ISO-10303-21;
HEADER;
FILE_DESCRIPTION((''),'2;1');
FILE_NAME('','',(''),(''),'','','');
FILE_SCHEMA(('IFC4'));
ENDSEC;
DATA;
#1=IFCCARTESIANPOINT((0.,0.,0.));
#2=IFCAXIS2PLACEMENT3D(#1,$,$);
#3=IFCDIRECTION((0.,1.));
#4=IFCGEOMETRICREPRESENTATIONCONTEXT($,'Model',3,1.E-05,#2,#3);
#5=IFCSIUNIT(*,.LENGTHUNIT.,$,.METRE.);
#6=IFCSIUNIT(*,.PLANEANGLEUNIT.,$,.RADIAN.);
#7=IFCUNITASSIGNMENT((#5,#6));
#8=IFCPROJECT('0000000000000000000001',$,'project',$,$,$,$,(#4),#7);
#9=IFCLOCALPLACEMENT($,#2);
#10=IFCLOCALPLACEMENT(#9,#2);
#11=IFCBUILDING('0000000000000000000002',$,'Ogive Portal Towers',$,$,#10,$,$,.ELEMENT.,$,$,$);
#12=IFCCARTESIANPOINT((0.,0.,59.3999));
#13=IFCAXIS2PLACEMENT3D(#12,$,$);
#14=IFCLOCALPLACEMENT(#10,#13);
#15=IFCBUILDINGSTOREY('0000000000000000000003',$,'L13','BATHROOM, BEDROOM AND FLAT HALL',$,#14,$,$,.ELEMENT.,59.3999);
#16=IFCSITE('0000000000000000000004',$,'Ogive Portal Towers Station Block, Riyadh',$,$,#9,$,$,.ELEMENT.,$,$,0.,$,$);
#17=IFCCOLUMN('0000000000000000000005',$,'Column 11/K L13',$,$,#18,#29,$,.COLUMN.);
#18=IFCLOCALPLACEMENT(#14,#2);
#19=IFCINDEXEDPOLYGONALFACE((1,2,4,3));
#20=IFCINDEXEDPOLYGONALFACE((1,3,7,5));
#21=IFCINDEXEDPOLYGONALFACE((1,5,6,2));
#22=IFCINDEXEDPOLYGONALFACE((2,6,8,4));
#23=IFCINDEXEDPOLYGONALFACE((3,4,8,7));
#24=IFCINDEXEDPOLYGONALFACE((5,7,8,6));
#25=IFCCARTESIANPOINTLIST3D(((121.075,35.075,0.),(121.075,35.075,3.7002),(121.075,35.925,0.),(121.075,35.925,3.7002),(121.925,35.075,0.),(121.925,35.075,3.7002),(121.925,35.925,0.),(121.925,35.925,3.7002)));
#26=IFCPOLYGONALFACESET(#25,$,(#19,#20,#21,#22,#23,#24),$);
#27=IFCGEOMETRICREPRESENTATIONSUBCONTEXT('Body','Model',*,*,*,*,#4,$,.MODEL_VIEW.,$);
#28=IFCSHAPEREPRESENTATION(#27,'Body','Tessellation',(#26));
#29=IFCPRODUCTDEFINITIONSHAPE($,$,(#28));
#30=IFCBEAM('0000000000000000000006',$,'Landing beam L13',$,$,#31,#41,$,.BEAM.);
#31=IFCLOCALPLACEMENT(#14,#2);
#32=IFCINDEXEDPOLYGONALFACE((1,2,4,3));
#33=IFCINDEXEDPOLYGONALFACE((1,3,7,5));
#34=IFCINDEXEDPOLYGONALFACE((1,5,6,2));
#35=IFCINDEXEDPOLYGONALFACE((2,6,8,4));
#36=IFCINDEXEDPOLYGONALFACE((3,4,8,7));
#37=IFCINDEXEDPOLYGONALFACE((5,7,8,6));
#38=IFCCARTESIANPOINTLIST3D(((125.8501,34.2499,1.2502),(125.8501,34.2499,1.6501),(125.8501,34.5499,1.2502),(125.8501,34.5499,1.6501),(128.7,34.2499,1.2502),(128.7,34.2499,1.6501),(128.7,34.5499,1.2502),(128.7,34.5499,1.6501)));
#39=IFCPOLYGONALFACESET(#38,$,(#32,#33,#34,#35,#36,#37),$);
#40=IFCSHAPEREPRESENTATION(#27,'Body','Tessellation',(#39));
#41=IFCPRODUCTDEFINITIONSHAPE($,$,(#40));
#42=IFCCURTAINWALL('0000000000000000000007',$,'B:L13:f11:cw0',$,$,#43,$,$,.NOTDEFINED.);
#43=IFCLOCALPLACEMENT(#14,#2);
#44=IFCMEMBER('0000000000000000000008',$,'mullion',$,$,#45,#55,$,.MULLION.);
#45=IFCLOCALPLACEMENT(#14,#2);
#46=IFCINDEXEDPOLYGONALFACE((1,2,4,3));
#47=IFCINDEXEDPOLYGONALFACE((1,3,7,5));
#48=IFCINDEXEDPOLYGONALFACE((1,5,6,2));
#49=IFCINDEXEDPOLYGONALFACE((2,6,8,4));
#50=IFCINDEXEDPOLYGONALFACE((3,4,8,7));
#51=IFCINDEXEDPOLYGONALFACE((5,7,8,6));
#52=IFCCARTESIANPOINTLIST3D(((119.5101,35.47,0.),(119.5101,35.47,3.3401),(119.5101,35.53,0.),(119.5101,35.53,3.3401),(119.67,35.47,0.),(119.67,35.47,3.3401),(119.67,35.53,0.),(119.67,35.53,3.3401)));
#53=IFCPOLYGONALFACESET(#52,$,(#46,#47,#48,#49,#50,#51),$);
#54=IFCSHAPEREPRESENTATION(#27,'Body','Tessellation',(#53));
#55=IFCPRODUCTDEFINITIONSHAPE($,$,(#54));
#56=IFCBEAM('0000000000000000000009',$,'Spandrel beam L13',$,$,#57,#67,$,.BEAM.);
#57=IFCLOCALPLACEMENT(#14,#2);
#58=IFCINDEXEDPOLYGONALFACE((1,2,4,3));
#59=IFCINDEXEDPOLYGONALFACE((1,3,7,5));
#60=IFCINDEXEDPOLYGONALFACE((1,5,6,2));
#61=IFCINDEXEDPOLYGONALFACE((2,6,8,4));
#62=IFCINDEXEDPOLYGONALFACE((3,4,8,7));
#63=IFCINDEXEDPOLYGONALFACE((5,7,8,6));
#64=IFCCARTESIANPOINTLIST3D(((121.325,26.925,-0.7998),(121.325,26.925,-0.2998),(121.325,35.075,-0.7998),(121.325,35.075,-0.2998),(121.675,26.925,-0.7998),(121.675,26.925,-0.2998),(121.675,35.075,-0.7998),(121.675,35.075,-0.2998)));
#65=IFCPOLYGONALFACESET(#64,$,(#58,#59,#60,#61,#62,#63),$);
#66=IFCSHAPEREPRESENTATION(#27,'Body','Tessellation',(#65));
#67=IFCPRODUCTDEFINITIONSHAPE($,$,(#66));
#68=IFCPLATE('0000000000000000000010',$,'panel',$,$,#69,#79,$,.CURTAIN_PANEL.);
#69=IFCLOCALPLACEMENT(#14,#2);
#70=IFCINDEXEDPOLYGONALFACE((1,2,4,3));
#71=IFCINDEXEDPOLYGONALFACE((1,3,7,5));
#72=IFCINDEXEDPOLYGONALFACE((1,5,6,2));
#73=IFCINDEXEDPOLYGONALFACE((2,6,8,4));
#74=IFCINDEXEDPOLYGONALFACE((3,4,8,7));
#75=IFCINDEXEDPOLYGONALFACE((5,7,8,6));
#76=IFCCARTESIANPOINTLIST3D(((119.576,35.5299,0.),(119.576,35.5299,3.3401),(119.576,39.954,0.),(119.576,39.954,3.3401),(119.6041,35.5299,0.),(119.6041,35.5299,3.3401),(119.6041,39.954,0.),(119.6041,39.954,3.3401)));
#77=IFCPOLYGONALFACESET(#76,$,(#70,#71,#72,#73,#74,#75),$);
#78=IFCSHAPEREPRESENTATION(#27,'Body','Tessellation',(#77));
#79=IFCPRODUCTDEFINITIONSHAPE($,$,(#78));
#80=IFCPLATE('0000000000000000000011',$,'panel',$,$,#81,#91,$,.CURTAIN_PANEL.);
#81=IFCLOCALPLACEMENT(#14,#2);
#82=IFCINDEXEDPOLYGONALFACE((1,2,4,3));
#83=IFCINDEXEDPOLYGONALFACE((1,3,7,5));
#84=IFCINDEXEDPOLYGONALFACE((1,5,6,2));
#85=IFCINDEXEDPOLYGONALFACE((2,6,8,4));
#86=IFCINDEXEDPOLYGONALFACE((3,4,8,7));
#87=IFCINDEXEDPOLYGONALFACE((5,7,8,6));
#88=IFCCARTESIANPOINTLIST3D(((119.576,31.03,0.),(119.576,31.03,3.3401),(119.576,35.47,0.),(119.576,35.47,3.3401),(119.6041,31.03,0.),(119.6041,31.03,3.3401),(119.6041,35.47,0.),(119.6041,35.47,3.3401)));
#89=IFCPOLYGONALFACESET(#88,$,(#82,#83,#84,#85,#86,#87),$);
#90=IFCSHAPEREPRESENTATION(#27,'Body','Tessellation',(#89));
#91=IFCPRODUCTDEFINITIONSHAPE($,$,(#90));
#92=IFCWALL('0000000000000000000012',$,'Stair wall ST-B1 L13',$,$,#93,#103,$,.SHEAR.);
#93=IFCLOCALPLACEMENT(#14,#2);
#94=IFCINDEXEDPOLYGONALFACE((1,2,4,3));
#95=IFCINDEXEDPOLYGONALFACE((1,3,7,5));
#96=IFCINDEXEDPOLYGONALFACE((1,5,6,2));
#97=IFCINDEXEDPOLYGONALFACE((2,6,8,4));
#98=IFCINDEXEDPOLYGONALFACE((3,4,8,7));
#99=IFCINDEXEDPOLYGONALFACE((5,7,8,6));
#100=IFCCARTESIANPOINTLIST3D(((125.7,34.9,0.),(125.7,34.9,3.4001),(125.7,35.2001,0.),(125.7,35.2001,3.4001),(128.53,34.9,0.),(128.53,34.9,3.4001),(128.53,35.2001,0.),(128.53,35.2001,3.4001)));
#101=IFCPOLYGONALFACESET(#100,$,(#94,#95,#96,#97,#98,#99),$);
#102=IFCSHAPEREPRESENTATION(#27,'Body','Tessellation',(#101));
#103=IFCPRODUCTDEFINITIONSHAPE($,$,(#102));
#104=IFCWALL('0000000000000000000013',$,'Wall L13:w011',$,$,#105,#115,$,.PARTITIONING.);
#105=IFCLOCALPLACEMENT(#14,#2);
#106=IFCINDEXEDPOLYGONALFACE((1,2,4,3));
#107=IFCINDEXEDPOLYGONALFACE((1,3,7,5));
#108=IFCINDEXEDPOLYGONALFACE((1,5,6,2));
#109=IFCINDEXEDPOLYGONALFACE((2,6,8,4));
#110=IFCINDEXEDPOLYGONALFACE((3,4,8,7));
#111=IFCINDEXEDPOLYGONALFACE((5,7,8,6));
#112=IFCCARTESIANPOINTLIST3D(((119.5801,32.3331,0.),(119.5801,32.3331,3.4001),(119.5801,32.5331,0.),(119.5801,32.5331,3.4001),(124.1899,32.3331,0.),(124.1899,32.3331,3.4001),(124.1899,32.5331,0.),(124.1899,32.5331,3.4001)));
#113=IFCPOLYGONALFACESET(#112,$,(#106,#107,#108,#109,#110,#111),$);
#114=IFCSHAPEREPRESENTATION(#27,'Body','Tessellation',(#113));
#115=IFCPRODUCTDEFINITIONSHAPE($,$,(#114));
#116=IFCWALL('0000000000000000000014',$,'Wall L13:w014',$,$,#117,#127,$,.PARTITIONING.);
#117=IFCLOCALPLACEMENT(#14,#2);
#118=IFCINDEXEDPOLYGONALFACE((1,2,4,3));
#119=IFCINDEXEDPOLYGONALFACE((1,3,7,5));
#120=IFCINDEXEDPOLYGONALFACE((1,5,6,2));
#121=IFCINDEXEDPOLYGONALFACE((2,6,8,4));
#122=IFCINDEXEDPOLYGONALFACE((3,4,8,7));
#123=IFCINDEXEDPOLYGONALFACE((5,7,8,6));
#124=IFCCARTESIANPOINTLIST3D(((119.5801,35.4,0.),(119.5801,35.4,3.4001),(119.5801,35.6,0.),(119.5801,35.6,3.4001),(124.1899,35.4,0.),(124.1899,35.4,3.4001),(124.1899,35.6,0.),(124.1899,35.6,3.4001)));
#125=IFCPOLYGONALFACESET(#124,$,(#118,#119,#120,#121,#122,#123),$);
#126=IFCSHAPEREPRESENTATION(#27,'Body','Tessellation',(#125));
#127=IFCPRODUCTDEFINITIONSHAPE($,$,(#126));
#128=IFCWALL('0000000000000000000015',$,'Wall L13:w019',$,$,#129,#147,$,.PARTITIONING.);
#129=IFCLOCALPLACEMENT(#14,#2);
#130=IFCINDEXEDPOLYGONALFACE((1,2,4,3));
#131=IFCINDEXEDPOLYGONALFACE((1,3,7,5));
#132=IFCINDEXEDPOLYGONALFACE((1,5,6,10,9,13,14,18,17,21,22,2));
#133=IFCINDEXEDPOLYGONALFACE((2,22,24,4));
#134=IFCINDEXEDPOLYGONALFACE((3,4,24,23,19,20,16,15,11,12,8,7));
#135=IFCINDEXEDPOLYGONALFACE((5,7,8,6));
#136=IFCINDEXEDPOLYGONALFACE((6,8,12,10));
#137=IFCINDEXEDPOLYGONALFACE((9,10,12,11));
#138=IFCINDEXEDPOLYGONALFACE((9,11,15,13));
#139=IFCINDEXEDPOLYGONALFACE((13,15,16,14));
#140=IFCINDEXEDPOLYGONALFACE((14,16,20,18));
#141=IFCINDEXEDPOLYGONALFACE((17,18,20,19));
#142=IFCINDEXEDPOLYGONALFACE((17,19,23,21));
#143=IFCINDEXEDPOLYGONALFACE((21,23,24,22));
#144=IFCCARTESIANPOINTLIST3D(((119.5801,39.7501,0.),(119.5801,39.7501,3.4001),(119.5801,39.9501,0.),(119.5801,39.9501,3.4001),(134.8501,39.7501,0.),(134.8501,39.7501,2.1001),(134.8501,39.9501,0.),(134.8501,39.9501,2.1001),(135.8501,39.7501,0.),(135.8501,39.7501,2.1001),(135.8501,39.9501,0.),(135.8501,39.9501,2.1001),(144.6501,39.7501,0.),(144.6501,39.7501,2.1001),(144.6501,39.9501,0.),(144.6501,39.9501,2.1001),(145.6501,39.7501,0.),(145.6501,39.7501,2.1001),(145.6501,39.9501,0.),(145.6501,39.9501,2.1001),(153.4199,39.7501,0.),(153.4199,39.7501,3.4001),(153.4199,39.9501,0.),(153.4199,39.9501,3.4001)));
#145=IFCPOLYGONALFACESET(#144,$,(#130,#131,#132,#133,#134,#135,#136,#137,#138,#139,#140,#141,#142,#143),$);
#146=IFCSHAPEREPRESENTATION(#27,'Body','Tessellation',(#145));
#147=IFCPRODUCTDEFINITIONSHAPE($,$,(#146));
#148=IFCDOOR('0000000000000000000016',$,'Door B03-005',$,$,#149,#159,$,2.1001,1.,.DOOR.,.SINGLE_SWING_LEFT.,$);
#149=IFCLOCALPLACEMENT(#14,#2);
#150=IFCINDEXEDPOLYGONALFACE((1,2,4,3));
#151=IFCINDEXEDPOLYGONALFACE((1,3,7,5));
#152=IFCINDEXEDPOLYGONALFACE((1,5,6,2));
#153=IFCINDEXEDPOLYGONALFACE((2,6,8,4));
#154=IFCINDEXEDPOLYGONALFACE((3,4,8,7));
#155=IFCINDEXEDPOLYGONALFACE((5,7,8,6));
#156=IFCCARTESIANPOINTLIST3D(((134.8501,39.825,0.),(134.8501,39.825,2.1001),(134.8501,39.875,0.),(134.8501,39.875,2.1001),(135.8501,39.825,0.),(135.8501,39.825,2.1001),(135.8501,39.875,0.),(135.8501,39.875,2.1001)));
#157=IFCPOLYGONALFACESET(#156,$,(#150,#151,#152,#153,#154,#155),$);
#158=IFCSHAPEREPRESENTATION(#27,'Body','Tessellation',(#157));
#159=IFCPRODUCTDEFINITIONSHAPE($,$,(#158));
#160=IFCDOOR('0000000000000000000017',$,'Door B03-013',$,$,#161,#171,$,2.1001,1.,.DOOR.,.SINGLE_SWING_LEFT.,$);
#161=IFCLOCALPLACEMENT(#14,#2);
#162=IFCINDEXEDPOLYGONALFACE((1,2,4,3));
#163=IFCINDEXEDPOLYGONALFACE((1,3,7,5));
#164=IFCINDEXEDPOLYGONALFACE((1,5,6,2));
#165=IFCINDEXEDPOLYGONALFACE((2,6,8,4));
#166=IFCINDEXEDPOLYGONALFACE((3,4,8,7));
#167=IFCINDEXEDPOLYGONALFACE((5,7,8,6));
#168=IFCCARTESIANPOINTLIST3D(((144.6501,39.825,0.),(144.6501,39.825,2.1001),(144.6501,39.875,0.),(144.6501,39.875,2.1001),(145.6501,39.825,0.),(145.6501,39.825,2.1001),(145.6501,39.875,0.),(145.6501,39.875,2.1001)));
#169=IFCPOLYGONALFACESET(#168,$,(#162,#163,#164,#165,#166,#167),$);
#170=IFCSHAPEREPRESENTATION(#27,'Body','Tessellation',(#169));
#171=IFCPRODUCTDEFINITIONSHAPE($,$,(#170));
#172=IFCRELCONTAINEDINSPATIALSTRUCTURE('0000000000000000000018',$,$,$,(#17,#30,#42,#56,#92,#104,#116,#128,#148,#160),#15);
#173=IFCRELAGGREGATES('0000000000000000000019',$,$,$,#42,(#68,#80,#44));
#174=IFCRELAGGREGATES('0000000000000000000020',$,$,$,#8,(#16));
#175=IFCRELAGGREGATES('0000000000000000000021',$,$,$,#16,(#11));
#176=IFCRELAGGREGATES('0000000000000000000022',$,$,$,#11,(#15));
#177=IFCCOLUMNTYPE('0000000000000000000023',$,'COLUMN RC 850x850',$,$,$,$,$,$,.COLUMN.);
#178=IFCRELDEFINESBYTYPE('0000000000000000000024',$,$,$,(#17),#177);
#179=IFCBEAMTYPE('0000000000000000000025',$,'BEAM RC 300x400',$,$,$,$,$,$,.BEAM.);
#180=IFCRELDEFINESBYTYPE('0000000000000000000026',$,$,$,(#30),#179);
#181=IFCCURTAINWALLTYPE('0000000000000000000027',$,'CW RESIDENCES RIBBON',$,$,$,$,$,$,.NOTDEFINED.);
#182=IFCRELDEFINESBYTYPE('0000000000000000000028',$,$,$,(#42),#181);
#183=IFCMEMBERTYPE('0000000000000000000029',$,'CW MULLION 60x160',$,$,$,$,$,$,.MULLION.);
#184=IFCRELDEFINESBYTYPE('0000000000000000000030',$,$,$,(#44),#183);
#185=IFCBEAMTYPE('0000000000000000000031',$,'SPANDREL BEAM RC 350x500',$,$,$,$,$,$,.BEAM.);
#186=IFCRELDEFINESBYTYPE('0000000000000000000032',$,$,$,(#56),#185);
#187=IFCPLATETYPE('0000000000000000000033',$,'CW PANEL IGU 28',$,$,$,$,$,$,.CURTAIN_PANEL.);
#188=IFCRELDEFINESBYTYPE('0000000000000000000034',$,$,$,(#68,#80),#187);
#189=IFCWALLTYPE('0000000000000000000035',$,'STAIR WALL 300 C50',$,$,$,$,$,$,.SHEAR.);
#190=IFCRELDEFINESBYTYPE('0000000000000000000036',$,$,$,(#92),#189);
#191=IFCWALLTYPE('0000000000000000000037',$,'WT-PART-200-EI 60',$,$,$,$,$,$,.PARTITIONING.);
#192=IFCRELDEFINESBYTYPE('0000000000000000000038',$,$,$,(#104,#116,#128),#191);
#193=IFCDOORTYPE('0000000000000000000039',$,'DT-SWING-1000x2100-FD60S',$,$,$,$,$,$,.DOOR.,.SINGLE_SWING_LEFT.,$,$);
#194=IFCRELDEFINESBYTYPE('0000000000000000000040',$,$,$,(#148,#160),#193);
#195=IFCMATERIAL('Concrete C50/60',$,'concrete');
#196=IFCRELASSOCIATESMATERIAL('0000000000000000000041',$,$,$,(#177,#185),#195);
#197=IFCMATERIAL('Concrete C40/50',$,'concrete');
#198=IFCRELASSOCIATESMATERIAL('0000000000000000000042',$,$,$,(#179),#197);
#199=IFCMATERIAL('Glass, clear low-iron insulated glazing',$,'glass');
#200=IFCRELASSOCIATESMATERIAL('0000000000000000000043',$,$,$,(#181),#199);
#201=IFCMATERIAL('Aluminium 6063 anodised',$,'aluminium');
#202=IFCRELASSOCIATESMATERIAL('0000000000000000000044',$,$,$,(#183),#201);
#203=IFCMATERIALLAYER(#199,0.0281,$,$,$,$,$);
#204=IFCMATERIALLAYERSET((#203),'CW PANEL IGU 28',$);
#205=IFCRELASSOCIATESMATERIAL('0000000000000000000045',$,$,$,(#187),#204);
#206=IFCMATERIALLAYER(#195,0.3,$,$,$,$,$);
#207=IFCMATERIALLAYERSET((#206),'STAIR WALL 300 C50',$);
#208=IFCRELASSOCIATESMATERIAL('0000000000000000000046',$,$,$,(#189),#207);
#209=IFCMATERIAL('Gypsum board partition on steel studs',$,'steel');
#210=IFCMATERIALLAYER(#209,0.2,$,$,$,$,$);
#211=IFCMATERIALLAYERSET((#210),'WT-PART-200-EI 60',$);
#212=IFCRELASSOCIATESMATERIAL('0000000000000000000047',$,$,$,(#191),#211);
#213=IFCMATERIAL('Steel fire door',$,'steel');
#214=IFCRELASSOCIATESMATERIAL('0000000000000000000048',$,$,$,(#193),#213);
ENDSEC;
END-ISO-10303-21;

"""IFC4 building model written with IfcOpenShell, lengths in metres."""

from ifc_helpers import new_model, si_unit, direction, frame, frame_2d, origin, origin_2d, place, context, subcontext, project, spatial, rectangle, extrude, material, layer, layer_set, material_profile, profile_set, type_object, element, fill, aggregate, save


model = new_model("IFC4")

# Units and contexts
model_context = context("Model", 3, precision=1e-05, world=origin(), true_north=direction((0.0, 1.0)))
body_context = subcontext(model_context, "Body", "Model", "MODEL_VIEW")
ifc_project = project(units=[si_unit("LENGTHUNIT", "METRE"), si_unit("PLANEANGLEUNIT", "RADIAN")], contexts=[model_context])

# Site, building, storey
site_placement = place(None, origin())
site = spatial("IfcSite", under=ifc_project, at=site_placement, Name="Ogive Portal Towers Station Block, Riyadh", CompositionType="ELEMENT", RefElevation=0.0)
building_placement = place(site_placement, origin())
building = spatial("IfcBuilding", under=site, at=building_placement, Name="Ogive Portal Towers", CompositionType="ELEMENT")
storey_placement = place(building_placement, frame((0.0, 0.0, 59.3999)))
storey = spatial("IfcBuildingStorey", under=building, at=storey_placement, Name="L13", Description="BATHROOM, BEDROOM AND FLAT HALL", CompositionType="ELEMENT", Elevation=59.3999)

# Column
ifc_material_1 = material(Name="Concrete C50/60", Category="concrete")
ifc_material_profile_1 = material_profile(ifc_material_1, rectangle(XDim=0.8501, YDim=0.8501, at=origin_2d()), Name="RC 850x850")
ifc_profile_set_1 = profile_set([ifc_material_profile_1], Name="Concrete C50/60")
column_type = type_object("IfcColumnType", Name="COLUMN RC 850x850", PredefinedType="COLUMN", material=ifc_profile_set_1)
column_placement = place(storey_placement, frame((121.5, 35.5, 0.0), z_axis=(0.0, 0.0, 1.0), x_axis=(1.0, 0.0, 0.0)))
element("IfcColumn", 1, at=column_placement, inside=storey, type_object=column_type, Name="Column 11/K L13", PredefinedType="COLUMN", context=body_context, shape_type="SweptSolid", body=[
    extrude(rectangle(XDim=0.8501, YDim=0.8501, at=origin_2d()), origin(), (0.0, 0.0, 1.0), 3.7002),
])

# Beam
ifc_material_2 = material(Name="Concrete C40/50", Category="concrete")
ifc_material_profile_2 = material_profile(ifc_material_2, rectangle(XDim=0.3, YDim=0.3999, at=origin_2d()), Name="RC 300x400")
ifc_profile_set_2 = profile_set([ifc_material_profile_2], Name="Concrete C40/50")
beam_type_1 = type_object("IfcBeamType", Name="BEAM RC 300x400", PredefinedType="BEAM", material=ifc_profile_set_2)
beam_1_placement = place(storey_placement, frame((125.8501, 34.3999, 1.4502), z_axis=(1.0, 0.0, 0.0), x_axis=(0.0, 1.0, 0.0)))
element("IfcBeam", 2, at=beam_1_placement, inside=storey, type_object=beam_type_1, Name="Landing beam L13", PredefinedType="BEAM", context=body_context, shape_type="SweptSolid", body=[
    extrude(rectangle(XDim=0.3, YDim=0.3999, at=origin_2d()), origin(), (0.0, 0.0, 1.0), 2.8499),
])

# Curtain wall, member
ifc_material_3 = material(Name="Glass, clear low-iron insulated glazing", Category="glass")
curtain_wall_type = type_object("IfcCurtainWallType", Name="CW RESIDENCES RIBBON", PredefinedType="NOTDEFINED", material=ifc_material_3)
curtain_wall_placement = place(storey_placement, origin())
curtain_wall = element("IfcCurtainWall", 3, at=curtain_wall_placement, inside=storey, type_object=curtain_wall_type, Name="B:L13:f11:cw0", PredefinedType="NOTDEFINED")
ifc_material_4 = material(Name="Aluminium 6063 anodised", Category="aluminium")
ifc_material_profile_3 = material_profile(ifc_material_4, rectangle(XDim=0.1599, YDim=0.0601, at=origin_2d()), Name="AL 60x160")
ifc_profile_set_3 = profile_set([ifc_material_profile_3], Name="Aluminium 6063 anodised")
member_type = type_object("IfcMemberType", Name="CW MULLION 60x160", PredefinedType="MULLION", material=ifc_profile_set_3)
member_placement = place(storey_placement, frame((119.5901, 35.5, 0.0), z_axis=(0.0, 0.0, 1.0), x_axis=(1.0, 0.0, 0.0)))
member = element("IfcMember", 4, at=member_placement, type_object=member_type, Name="mullion", PredefinedType="MULLION", context=body_context, shape_type="SweptSolid", body=[
    extrude(rectangle(XDim=0.1599, YDim=0.0601, at=origin_2d()), origin(), (0.0, 0.0, 1.0), 3.3401),
])

# Beam
ifc_material_profile_4 = material_profile(ifc_material_1, rectangle(XDim=0.3501, YDim=0.5, at=origin_2d()), Name="RC 350x500")
ifc_profile_set_4 = profile_set([ifc_material_profile_4], Name="Concrete C50/60")
beam_type_2 = type_object("IfcBeamType", Name="SPANDREL BEAM RC 350x500", PredefinedType="BEAM", material=ifc_profile_set_4)
beam_2_placement = place(storey_placement, frame((121.5, 35.075, -0.5498), z_axis=(0.0, -1.0, 0.0), x_axis=(1.0, 0.0, 0.0)))
element("IfcBeam", 5, at=beam_2_placement, inside=storey, type_object=beam_type_2, Name="Spandrel beam L13", PredefinedType="BEAM", context=body_context, shape_type="SweptSolid", body=[
    extrude(rectangle(XDim=0.3501, YDim=0.5, at=origin_2d()), origin(), (0.0, 0.0, 1.0), 8.1499),
])

# Plates
ifc_layer_1 = layer(ifc_material_3, 0.0281)
ifc_layer_set_1 = layer_set([ifc_layer_1], Name="CW PANEL IGU 28")
plate_type = type_object("IfcPlateType", Name="CW PANEL IGU 28", PredefinedType="CURTAIN_PANEL", material=ifc_layer_set_1)
plate_1_placement = place(storey_placement, frame((119.5901, 37.7419, 0.0), z_axis=(0.0, 0.0, 1.0), x_axis=(0.0, -1.0, 0.0)))
plate_1 = element("IfcPlate", 6, at=plate_1_placement, type_object=plate_type, Name="panel", PredefinedType="CURTAIN_PANEL", context=body_context, shape_type="SweptSolid", body=[
    extrude(rectangle(XDim=4.4241, YDim=0.0281, at=origin_2d()), origin(), (0.0, 0.0, 1.0), 3.3401),
])
plate_2_placement = place(storey_placement, frame((119.5901, 33.25, 0.0), z_axis=(0.0, 0.0, 1.0), x_axis=(0.0, -1.0, 0.0)))
plate_2 = element("IfcPlate", 7, at=plate_2_placement, type_object=plate_type, Name="panel", PredefinedType="CURTAIN_PANEL", context=body_context, shape_type="SweptSolid", body=[
    extrude(rectangle(XDim=4.4399, YDim=0.0281, at=origin_2d()), origin(), (0.0, 0.0, 1.0), 3.3401),
])
aggregate(curtain_wall, [plate_1, plate_2, member])

# Walls
ifc_layer_2 = layer(ifc_material_1, 0.3)
ifc_layer_set_2 = layer_set([ifc_layer_2], Name="STAIR WALL 300 C50")
wall_type_1 = type_object("IfcWallType", Name="STAIR WALL 300 C50", PredefinedType="SHEAR", material=ifc_layer_set_2)
wall_1_placement = place(storey_placement, frame((125.7, 35.05, 0.0), z_axis=(0.0, 0.0, 1.0), x_axis=(1.0, 0.0, 0.0)))
element("IfcWall", 8, at=wall_1_placement, inside=storey, type_object=wall_type_1, Name="Stair wall ST-B1 L13", PredefinedType="SHEAR", context=body_context, shape_type="SweptSolid", body=[
    extrude(rectangle(XDim=2.8301, YDim=0.3, at=frame_2d((1.415, 0.0))), origin(), (0.0, 0.0, 1.0), 3.4001),
])
ifc_material_5 = material(Name="Gypsum board partition on steel studs", Category="steel")
ifc_layer_3 = layer(ifc_material_5, 0.2)
ifc_layer_set_3 = layer_set([ifc_layer_3], Name="WT-PART-200-EI 60")
wall_type_2 = type_object("IfcWallType", Name="WT-PART-200-EI 60", PredefinedType="PARTITIONING", material=ifc_layer_set_3)
for number, where, z_axis, x_axis, name in (
    (9, (119.5801, 32.4331, 0.0), (0.0, 0.0, 1.0), (1.0, 0.0, 0.0), "Wall L13:w011"),
    (10, (119.5801, 35.5, 0.0), (0.0, 0.0, 1.0), (1.0, 0.0, 0.0), "Wall L13:w014"),
):
    element("IfcWall", number, at=place(storey_placement, frame(where, z_axis=z_axis, x_axis=x_axis)), inside=storey, type_object=wall_type_2, Name=name, PredefinedType="PARTITIONING", context=body_context, shape_type="SweptSolid", body=[
        extrude(rectangle(XDim=4.6099, YDim=0.2, at=frame_2d((2.3049, 0.0))), origin(), (0.0, 0.0, 1.0), 3.4001),
    ])

# Wall, openings, doors
wall_2_placement = place(storey_placement, frame((119.5801, 39.8501, 0.0), z_axis=(0.0, 0.0, 1.0), x_axis=(1.0, 0.0, 0.0)))
wall_2 = element("IfcWall", 11, at=wall_2_placement, inside=storey, type_object=wall_type_2, Name="Wall L13:w019", PredefinedType="PARTITIONING", context=body_context, shape_type="SweptSolid", body=[
    extrude(rectangle(XDim=33.8398, YDim=0.2, at=frame_2d((16.9199, 0.0))), origin(), (0.0, 0.0, 1.0), 3.4001),
])
opening_1_placement = place(wall_2_placement, frame((15.27, 0.0, 0.0)))
opening_1 = element("IfcOpeningElement", 12, at=opening_1_placement, cuts=wall_2, PredefinedType="OPENING", context=body_context, shape_type="SweptSolid", body=[
    extrude(rectangle(XDim=1.0, YDim=2.1001, at=frame_2d((0.5, 1.05))), frame((0.0, 0.1099, 0.0), z_axis=(0.0, -1.0, 0.0), x_axis=(1.0, 0.0, 0.0)), (0.0, 0.0, 1.0), 0.22),
])
opening_2_placement = place(wall_2_placement, frame((25.0701, 0.0, 0.0)))
opening_2 = element("IfcOpeningElement", 13, at=opening_2_placement, cuts=wall_2, PredefinedType="OPENING", context=body_context, shape_type="SweptSolid", body=[
    extrude(rectangle(XDim=1.0, YDim=2.1001, at=frame_2d((0.5, 1.05))), frame((0.0, 0.1099, 0.0), z_axis=(0.0, -1.0, 0.0), x_axis=(1.0, 0.0, 0.0)), (0.0, 0.0, 1.0), 0.22),
])
ifc_material_6 = material(Name="Steel fire door", Category="steel")
door_type = type_object("IfcDoorType", Name="DT-SWING-1000x2100-FD60S", OperationType="SINGLE_SWING_LEFT", PredefinedType="DOOR", material=ifc_material_6)
door_1_placement = place(opening_1_placement, origin())
door_1 = element("IfcDoor", 14, at=door_1_placement, inside=storey, type_object=door_type, Name="Door B03-005", OperationType="SINGLE_SWING_LEFT", OverallHeight=2.1001, OverallWidth=1.0, PredefinedType="DOOR", context=body_context, shape_type="SweptSolid", body=[
    extrude(rectangle(XDim=1.0, YDim=2.1001, at=frame_2d((0.5, 1.05))), frame((0.0, 0.0249, 0.0), z_axis=(0.0, -1.0, 0.0), x_axis=(1.0, 0.0, 0.0)), (0.0, 0.0, 1.0), 0.05),
])
fill(opening_1, door_1)
door_2_placement = place(opening_2_placement, origin())
door_2 = element("IfcDoor", 15, at=door_2_placement, inside=storey, type_object=door_type, Name="Door B03-013", OperationType="SINGLE_SWING_LEFT", OverallHeight=2.1001, OverallWidth=1.0, PredefinedType="DOOR", context=body_context, shape_type="SweptSolid", body=[
    extrude(rectangle(XDim=1.0, YDim=2.1001, at=frame_2d((0.5, 1.05))), frame((0.0, 0.0249, 0.0), z_axis=(0.0, -1.0, 0.0), x_axis=(1.0, 0.0, 0.0)), (0.0, 0.0, 1.0), 0.05),
])
fill(opening_2, door_2)

save(model, "model.ifc")
